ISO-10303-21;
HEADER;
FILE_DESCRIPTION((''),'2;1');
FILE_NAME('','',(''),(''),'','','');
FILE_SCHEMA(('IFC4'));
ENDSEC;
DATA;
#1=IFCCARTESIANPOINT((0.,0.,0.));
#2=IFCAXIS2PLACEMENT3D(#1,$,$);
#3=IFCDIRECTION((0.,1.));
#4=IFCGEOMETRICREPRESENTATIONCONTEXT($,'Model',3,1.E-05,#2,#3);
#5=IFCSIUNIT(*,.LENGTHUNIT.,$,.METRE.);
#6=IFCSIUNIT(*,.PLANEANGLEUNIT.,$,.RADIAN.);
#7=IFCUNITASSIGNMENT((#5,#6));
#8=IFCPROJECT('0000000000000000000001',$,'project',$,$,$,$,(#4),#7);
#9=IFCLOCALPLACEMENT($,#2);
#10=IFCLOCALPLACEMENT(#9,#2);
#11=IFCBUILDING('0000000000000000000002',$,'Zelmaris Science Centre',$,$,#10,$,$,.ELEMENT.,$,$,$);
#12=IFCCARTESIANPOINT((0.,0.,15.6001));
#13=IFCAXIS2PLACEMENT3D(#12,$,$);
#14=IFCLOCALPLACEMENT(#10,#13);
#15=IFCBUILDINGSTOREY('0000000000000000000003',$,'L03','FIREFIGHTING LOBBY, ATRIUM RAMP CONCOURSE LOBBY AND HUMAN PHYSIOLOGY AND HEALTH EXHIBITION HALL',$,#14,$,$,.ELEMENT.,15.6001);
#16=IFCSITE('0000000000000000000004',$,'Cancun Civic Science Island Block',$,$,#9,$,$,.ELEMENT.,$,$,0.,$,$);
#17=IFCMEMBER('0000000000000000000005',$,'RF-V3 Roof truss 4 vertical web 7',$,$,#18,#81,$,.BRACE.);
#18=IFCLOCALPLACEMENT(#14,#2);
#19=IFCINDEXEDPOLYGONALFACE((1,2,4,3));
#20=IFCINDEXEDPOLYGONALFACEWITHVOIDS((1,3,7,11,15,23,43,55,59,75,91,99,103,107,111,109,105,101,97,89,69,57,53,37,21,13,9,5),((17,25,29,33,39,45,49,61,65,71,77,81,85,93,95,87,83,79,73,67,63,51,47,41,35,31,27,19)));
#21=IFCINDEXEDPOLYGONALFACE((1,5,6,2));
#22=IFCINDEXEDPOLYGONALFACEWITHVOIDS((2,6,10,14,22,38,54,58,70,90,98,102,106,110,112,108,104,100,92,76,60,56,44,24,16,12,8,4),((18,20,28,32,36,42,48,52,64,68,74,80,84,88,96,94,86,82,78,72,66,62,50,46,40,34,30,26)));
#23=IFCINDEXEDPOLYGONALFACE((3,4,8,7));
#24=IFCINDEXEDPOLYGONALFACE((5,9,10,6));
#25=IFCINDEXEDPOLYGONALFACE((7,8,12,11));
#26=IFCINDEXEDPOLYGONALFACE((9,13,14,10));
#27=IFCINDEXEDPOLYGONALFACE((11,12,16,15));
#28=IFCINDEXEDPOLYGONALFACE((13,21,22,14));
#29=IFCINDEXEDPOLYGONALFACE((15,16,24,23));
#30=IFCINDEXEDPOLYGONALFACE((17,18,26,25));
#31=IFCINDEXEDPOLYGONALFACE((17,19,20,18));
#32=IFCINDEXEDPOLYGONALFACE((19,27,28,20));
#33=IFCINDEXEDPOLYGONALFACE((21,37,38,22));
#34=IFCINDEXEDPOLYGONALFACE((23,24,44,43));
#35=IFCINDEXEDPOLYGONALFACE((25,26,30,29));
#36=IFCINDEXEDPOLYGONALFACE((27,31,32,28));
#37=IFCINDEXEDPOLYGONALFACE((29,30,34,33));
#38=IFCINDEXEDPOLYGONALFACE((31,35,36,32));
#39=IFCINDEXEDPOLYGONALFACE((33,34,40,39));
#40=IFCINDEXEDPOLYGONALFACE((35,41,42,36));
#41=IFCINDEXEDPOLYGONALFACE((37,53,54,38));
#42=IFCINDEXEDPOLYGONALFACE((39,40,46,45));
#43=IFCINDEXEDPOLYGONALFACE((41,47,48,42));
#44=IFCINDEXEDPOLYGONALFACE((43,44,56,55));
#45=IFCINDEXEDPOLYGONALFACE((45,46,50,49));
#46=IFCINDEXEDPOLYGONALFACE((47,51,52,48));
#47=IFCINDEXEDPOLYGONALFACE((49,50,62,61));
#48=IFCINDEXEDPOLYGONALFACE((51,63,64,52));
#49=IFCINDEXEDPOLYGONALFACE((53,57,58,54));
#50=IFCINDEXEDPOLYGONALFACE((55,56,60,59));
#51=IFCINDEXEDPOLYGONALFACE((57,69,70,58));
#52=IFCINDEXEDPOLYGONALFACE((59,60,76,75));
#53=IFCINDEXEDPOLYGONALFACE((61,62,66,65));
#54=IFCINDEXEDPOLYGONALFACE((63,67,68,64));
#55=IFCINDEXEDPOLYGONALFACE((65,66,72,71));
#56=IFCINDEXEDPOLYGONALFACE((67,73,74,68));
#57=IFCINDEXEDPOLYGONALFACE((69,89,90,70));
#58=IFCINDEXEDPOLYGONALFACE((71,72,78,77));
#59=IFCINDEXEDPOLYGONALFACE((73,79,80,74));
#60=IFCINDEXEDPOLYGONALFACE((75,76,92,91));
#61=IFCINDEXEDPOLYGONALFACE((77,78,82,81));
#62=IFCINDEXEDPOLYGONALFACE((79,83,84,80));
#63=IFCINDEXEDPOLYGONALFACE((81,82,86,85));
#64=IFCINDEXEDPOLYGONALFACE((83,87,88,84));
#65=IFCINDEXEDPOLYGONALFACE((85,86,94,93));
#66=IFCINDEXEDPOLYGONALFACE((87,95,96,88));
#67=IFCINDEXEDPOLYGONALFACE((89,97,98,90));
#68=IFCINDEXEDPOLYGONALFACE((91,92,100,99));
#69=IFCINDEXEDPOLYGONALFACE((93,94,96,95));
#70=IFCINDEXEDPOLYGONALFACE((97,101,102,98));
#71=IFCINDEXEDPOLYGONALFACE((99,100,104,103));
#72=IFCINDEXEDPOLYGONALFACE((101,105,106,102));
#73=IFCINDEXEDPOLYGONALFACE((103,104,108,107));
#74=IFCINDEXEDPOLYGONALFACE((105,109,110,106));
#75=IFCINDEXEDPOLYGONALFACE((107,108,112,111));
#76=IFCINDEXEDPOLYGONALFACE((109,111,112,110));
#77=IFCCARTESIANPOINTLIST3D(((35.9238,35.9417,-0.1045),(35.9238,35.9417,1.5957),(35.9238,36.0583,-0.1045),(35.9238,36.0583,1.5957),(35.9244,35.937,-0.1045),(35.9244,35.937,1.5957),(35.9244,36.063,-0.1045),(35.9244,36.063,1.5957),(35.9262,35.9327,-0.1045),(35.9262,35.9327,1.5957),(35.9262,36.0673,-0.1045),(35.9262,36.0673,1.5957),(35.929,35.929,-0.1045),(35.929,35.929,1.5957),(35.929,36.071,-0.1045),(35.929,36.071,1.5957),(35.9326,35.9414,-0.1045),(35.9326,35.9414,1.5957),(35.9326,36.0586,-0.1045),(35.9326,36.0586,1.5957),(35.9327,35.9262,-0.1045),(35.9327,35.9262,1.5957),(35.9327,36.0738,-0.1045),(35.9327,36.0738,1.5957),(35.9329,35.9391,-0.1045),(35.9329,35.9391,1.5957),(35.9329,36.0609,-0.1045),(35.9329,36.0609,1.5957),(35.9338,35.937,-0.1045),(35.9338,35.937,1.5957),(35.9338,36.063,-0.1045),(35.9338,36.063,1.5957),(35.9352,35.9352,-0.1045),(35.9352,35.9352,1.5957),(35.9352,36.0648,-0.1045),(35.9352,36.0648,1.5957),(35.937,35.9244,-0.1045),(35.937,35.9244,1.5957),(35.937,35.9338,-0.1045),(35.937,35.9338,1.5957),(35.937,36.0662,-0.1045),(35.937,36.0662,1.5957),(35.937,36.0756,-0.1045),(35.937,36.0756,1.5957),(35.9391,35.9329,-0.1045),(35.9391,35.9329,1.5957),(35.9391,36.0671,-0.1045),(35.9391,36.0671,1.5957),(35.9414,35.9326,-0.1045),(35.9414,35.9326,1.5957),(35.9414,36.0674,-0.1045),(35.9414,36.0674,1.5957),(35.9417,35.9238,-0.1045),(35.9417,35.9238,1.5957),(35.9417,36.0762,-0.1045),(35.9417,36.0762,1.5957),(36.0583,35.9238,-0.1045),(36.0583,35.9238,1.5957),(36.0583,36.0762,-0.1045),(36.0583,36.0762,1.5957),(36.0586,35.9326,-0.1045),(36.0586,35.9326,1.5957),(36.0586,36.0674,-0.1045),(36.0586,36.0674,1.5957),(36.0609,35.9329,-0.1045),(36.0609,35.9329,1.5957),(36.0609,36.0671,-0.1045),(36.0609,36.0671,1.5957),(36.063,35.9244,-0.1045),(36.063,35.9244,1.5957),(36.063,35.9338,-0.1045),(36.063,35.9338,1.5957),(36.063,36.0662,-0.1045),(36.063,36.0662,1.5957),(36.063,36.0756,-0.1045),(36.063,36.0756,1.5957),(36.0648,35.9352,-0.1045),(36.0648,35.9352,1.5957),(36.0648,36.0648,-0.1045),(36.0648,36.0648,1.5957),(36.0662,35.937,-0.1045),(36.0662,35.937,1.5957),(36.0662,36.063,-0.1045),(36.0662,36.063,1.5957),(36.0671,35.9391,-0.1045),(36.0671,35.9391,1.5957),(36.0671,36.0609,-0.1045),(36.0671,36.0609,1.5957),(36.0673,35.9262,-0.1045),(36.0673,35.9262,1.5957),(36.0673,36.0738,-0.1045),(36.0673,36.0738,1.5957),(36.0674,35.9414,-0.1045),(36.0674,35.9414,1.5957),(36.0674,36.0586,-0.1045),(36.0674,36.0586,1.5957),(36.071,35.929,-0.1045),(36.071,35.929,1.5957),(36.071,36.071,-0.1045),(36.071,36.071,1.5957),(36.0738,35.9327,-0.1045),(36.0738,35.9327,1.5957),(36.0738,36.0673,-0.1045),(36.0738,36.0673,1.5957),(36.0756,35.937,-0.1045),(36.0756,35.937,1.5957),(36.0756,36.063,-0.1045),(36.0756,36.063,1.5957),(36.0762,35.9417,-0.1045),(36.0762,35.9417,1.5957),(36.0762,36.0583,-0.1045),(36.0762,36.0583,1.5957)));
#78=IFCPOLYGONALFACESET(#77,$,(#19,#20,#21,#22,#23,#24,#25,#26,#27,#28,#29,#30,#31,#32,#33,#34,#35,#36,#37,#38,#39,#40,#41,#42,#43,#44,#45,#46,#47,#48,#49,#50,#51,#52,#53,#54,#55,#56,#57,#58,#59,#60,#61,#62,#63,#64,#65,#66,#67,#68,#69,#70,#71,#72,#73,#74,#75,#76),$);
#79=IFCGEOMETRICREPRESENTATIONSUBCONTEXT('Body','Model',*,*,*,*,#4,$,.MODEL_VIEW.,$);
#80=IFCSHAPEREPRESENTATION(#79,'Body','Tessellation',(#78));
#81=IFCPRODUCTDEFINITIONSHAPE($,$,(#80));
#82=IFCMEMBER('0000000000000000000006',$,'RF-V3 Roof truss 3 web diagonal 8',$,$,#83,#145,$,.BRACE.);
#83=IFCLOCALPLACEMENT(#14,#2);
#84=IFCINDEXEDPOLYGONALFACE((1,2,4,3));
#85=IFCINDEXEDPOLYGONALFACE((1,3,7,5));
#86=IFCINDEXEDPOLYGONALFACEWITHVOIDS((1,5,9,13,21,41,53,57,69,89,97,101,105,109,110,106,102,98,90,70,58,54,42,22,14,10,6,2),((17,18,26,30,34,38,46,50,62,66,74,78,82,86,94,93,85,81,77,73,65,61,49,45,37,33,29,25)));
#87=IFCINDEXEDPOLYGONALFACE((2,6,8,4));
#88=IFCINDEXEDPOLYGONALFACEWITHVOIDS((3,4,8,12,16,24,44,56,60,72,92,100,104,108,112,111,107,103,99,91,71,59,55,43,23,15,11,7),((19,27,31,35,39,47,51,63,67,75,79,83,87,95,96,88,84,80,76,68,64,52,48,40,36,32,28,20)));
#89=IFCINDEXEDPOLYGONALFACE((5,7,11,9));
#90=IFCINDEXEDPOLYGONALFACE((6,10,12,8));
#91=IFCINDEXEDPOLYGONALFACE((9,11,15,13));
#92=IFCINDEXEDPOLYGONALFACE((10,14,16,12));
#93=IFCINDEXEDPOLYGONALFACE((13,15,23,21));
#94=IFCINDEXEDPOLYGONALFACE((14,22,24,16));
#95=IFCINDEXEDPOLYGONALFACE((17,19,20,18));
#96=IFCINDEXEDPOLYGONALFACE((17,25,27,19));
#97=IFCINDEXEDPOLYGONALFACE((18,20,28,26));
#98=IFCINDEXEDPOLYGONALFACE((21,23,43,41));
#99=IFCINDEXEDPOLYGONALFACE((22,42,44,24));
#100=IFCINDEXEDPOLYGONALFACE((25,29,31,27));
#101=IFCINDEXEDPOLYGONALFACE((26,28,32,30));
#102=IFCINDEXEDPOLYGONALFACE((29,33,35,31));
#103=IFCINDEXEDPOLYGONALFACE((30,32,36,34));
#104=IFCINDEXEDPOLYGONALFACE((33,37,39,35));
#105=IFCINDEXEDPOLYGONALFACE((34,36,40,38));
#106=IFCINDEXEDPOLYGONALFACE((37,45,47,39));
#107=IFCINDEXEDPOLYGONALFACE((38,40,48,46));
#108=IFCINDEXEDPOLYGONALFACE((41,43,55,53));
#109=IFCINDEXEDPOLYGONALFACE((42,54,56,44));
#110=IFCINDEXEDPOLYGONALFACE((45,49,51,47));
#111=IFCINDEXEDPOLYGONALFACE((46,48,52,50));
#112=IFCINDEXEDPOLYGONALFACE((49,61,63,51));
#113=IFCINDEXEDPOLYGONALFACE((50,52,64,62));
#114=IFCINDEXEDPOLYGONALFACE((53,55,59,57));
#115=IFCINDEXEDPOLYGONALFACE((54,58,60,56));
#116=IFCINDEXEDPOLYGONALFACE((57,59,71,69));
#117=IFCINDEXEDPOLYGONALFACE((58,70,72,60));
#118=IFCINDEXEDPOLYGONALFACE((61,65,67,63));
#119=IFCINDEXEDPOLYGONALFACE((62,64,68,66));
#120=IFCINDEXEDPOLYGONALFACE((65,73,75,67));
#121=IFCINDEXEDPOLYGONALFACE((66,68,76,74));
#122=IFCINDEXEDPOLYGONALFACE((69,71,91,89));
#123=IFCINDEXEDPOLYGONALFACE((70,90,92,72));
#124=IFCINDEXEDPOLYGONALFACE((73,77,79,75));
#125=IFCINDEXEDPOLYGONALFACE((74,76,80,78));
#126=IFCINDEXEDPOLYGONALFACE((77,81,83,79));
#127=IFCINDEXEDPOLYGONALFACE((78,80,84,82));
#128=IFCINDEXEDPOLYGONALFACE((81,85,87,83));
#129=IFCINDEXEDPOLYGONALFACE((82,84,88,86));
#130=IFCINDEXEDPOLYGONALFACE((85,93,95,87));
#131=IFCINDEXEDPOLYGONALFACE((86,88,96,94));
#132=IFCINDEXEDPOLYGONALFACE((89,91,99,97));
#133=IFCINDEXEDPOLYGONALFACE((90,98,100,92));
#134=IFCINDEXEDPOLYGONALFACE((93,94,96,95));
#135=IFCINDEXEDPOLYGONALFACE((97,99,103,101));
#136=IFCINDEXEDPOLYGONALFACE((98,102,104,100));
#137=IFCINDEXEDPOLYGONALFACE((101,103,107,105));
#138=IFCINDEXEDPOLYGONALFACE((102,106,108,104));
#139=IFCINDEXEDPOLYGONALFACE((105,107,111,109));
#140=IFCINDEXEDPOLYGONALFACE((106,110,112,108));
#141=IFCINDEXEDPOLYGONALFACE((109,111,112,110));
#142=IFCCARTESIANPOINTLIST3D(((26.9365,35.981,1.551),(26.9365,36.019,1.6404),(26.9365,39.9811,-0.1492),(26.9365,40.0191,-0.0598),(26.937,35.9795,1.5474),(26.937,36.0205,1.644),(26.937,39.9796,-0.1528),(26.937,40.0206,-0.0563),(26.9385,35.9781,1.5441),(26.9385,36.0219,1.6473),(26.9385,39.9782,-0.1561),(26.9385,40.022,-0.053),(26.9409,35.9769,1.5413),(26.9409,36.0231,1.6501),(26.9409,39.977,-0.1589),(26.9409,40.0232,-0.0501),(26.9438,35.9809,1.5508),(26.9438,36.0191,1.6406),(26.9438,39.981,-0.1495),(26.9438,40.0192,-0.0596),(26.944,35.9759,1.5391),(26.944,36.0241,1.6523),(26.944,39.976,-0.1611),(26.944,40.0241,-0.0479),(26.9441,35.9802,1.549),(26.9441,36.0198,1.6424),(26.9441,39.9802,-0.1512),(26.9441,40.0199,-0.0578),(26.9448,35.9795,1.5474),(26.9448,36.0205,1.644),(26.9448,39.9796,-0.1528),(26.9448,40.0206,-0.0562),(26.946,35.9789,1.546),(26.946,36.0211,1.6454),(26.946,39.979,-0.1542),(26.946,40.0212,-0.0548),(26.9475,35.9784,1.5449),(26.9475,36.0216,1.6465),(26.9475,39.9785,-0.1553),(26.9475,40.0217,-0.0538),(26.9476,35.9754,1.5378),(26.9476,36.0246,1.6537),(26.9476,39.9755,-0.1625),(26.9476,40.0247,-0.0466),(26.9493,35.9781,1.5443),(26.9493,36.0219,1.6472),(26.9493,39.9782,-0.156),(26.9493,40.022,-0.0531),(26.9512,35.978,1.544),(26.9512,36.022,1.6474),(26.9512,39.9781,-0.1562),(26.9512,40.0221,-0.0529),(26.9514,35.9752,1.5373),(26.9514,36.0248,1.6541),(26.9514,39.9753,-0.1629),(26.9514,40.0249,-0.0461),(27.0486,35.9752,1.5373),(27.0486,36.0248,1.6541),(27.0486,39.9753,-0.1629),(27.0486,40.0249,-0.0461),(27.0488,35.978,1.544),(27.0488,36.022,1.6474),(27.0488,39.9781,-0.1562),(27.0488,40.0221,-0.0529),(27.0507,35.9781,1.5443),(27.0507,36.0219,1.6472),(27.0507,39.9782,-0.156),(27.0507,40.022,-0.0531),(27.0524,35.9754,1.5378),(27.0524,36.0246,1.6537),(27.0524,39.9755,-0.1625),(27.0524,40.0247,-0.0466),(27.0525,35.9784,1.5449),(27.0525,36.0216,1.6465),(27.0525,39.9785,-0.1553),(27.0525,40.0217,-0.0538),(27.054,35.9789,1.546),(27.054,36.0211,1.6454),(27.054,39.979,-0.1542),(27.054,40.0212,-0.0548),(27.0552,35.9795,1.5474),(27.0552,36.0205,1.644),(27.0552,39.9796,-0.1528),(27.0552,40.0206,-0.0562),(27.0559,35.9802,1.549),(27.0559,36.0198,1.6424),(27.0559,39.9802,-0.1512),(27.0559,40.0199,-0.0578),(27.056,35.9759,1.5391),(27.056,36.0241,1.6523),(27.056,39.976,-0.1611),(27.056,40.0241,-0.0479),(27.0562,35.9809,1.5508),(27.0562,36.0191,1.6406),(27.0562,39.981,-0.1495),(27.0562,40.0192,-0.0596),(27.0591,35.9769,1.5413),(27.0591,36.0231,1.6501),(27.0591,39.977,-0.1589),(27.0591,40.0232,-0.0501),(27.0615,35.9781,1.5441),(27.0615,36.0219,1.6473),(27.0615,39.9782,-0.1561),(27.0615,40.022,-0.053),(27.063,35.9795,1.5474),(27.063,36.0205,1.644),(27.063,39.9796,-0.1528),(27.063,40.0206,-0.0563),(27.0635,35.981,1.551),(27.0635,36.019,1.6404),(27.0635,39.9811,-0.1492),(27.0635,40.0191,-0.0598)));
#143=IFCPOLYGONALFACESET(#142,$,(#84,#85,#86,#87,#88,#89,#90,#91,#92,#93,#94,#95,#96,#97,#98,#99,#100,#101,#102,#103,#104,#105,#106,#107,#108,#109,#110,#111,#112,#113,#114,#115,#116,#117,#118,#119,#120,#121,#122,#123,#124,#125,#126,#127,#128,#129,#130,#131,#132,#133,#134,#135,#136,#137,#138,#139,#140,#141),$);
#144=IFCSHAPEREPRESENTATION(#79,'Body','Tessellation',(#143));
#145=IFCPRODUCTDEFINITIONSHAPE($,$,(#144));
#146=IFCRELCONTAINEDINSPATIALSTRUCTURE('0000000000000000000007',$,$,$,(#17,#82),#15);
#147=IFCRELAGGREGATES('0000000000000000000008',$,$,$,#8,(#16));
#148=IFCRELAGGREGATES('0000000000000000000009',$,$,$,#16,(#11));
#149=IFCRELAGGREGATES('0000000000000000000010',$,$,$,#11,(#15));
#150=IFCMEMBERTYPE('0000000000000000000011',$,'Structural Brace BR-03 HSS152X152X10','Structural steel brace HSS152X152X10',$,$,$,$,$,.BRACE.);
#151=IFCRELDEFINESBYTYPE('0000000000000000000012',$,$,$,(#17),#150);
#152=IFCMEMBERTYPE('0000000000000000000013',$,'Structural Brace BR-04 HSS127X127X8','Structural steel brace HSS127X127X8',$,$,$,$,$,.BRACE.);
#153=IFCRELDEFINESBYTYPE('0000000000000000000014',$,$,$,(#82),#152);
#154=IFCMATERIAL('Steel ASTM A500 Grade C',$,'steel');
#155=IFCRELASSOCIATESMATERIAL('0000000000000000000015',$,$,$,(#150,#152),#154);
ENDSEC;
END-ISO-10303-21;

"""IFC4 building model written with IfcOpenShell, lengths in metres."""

from ifc_helpers import new_model, si_unit, direction, frame, origin, origin_2d, place, context, subcontext, project, spatial, hollow_rectangle, extrude, material, material_profile, profile_set, type_object, element, save


model = new_model("IFC4")

# Units and contexts
model_context = context("Model", 3, precision=1e-05, world=origin(), true_north=direction((0.0, 1.0)))
body_context = subcontext(model_context, "Body", "Model", "MODEL_VIEW")
ifc_project = project(units=[si_unit("LENGTHUNIT", "METRE"), si_unit("PLANEANGLEUNIT", "RADIAN")], contexts=[model_context])

# Site, building, storey
site_placement = place(None, origin())
site = spatial("IfcSite", under=ifc_project, at=site_placement, Name="Cancun Civic Science Island Block", CompositionType="ELEMENT", RefElevation=0.0)
building_placement = place(site_placement, origin())
building = spatial("IfcBuilding", under=site, at=building_placement, Name="Zelmaris Science Centre", CompositionType="ELEMENT")
storey_placement = place(building_placement, frame((0.0, 0.0, 15.6001)))
storey = spatial("IfcBuildingStorey", under=building, at=storey_placement, Name="L03", Description="FIREFIGHTING LOBBY, ATRIUM RAMP CONCOURSE LOBBY AND HUMAN PHYSIOLOGY AND HEALTH EXHIBITION HALL", CompositionType="ELEMENT", Elevation=15.6001)

# Members
ifc_material_1 = material(Name="Steel ASTM A500 Grade C", Category="steel")
ifc_material_profile_1 = material_profile(ifc_material_1, hollow_rectangle(XDim=0.1523, YDim=0.1523, WallThickness=0.0088, InnerFilletRadius=0.0088, OuterFilletRadius=0.0178, at=origin_2d()), Name="HSS152X152X10")
ifc_profile_set_1 = profile_set([ifc_material_profile_1], Name="Steel ASTM A500 Grade C")
member_type_1 = type_object("IfcMemberType", Name="Structural Brace BR-03 HSS152X152X10", Description="Structural steel brace HSS152X152X10", PredefinedType="BRACE", material=ifc_profile_set_1)
for number, where, z_axis, x_axis, name in (
    (1, (36.0, 36.0, -0.1045), (0.0, 0.0, 1.0), (1.0, 0.0, 0.0), "RF-V3 Roof truss 4 vertical web 7"),
):
    element("IfcMember", number, at=place(storey_placement, frame(where, z_axis=z_axis, x_axis=x_axis)), inside=storey, type_object=member_type_1, Name=name, PredefinedType="BRACE", context=body_context, shape_type="SweptSolid", body=[
        extrude(hollow_rectangle(XDim=0.1523, YDim=0.1523, WallThickness=0.0088, InnerFilletRadius=0.0088, OuterFilletRadius=0.0178, at=origin_2d()), origin(), (0.0, 0.0, 1.0), 1.7002),
    ])
ifc_material_profile_2 = material_profile(ifc_material_1, hollow_rectangle(XDim=0.127, YDim=0.127, WallThickness=0.0073, InnerFilletRadius=0.0073, OuterFilletRadius=0.0149, at=origin_2d()), Name="HSS127X127X8")
ifc_profile_set_2 = profile_set([ifc_material_profile_2], Name="Steel ASTM A500 Grade C")
member_type_2 = type_object("IfcMemberType", Name="Structural Brace BR-04 HSS127X127X8", Description="Structural steel brace HSS127X127X8", PredefinedType="BRACE", material=ifc_profile_set_2)
for number, where, z_axis, x_axis, name in (
    (2, (27.0, 36.0, 1.5957), (0.0, 0.920315, -0.391179), (-1.0, 0.0, 0.0), "RF-V3 Roof truss 3 web diagonal 8"),
):
    element("IfcMember", number, at=place(storey_placement, frame(where, z_axis=z_axis, x_axis=x_axis)), inside=storey, type_object=member_type_2, Name=name, PredefinedType="BRACE", context=body_context, shape_type="SweptSolid", body=[
        extrude(hollow_rectangle(XDim=0.127, YDim=0.127, WallThickness=0.0073, InnerFilletRadius=0.0073, OuterFilletRadius=0.0149, at=origin_2d()), origin(), (0.0, 0.0, 1.0), 4.3464),
    ])

save(model, "model.ifc")
